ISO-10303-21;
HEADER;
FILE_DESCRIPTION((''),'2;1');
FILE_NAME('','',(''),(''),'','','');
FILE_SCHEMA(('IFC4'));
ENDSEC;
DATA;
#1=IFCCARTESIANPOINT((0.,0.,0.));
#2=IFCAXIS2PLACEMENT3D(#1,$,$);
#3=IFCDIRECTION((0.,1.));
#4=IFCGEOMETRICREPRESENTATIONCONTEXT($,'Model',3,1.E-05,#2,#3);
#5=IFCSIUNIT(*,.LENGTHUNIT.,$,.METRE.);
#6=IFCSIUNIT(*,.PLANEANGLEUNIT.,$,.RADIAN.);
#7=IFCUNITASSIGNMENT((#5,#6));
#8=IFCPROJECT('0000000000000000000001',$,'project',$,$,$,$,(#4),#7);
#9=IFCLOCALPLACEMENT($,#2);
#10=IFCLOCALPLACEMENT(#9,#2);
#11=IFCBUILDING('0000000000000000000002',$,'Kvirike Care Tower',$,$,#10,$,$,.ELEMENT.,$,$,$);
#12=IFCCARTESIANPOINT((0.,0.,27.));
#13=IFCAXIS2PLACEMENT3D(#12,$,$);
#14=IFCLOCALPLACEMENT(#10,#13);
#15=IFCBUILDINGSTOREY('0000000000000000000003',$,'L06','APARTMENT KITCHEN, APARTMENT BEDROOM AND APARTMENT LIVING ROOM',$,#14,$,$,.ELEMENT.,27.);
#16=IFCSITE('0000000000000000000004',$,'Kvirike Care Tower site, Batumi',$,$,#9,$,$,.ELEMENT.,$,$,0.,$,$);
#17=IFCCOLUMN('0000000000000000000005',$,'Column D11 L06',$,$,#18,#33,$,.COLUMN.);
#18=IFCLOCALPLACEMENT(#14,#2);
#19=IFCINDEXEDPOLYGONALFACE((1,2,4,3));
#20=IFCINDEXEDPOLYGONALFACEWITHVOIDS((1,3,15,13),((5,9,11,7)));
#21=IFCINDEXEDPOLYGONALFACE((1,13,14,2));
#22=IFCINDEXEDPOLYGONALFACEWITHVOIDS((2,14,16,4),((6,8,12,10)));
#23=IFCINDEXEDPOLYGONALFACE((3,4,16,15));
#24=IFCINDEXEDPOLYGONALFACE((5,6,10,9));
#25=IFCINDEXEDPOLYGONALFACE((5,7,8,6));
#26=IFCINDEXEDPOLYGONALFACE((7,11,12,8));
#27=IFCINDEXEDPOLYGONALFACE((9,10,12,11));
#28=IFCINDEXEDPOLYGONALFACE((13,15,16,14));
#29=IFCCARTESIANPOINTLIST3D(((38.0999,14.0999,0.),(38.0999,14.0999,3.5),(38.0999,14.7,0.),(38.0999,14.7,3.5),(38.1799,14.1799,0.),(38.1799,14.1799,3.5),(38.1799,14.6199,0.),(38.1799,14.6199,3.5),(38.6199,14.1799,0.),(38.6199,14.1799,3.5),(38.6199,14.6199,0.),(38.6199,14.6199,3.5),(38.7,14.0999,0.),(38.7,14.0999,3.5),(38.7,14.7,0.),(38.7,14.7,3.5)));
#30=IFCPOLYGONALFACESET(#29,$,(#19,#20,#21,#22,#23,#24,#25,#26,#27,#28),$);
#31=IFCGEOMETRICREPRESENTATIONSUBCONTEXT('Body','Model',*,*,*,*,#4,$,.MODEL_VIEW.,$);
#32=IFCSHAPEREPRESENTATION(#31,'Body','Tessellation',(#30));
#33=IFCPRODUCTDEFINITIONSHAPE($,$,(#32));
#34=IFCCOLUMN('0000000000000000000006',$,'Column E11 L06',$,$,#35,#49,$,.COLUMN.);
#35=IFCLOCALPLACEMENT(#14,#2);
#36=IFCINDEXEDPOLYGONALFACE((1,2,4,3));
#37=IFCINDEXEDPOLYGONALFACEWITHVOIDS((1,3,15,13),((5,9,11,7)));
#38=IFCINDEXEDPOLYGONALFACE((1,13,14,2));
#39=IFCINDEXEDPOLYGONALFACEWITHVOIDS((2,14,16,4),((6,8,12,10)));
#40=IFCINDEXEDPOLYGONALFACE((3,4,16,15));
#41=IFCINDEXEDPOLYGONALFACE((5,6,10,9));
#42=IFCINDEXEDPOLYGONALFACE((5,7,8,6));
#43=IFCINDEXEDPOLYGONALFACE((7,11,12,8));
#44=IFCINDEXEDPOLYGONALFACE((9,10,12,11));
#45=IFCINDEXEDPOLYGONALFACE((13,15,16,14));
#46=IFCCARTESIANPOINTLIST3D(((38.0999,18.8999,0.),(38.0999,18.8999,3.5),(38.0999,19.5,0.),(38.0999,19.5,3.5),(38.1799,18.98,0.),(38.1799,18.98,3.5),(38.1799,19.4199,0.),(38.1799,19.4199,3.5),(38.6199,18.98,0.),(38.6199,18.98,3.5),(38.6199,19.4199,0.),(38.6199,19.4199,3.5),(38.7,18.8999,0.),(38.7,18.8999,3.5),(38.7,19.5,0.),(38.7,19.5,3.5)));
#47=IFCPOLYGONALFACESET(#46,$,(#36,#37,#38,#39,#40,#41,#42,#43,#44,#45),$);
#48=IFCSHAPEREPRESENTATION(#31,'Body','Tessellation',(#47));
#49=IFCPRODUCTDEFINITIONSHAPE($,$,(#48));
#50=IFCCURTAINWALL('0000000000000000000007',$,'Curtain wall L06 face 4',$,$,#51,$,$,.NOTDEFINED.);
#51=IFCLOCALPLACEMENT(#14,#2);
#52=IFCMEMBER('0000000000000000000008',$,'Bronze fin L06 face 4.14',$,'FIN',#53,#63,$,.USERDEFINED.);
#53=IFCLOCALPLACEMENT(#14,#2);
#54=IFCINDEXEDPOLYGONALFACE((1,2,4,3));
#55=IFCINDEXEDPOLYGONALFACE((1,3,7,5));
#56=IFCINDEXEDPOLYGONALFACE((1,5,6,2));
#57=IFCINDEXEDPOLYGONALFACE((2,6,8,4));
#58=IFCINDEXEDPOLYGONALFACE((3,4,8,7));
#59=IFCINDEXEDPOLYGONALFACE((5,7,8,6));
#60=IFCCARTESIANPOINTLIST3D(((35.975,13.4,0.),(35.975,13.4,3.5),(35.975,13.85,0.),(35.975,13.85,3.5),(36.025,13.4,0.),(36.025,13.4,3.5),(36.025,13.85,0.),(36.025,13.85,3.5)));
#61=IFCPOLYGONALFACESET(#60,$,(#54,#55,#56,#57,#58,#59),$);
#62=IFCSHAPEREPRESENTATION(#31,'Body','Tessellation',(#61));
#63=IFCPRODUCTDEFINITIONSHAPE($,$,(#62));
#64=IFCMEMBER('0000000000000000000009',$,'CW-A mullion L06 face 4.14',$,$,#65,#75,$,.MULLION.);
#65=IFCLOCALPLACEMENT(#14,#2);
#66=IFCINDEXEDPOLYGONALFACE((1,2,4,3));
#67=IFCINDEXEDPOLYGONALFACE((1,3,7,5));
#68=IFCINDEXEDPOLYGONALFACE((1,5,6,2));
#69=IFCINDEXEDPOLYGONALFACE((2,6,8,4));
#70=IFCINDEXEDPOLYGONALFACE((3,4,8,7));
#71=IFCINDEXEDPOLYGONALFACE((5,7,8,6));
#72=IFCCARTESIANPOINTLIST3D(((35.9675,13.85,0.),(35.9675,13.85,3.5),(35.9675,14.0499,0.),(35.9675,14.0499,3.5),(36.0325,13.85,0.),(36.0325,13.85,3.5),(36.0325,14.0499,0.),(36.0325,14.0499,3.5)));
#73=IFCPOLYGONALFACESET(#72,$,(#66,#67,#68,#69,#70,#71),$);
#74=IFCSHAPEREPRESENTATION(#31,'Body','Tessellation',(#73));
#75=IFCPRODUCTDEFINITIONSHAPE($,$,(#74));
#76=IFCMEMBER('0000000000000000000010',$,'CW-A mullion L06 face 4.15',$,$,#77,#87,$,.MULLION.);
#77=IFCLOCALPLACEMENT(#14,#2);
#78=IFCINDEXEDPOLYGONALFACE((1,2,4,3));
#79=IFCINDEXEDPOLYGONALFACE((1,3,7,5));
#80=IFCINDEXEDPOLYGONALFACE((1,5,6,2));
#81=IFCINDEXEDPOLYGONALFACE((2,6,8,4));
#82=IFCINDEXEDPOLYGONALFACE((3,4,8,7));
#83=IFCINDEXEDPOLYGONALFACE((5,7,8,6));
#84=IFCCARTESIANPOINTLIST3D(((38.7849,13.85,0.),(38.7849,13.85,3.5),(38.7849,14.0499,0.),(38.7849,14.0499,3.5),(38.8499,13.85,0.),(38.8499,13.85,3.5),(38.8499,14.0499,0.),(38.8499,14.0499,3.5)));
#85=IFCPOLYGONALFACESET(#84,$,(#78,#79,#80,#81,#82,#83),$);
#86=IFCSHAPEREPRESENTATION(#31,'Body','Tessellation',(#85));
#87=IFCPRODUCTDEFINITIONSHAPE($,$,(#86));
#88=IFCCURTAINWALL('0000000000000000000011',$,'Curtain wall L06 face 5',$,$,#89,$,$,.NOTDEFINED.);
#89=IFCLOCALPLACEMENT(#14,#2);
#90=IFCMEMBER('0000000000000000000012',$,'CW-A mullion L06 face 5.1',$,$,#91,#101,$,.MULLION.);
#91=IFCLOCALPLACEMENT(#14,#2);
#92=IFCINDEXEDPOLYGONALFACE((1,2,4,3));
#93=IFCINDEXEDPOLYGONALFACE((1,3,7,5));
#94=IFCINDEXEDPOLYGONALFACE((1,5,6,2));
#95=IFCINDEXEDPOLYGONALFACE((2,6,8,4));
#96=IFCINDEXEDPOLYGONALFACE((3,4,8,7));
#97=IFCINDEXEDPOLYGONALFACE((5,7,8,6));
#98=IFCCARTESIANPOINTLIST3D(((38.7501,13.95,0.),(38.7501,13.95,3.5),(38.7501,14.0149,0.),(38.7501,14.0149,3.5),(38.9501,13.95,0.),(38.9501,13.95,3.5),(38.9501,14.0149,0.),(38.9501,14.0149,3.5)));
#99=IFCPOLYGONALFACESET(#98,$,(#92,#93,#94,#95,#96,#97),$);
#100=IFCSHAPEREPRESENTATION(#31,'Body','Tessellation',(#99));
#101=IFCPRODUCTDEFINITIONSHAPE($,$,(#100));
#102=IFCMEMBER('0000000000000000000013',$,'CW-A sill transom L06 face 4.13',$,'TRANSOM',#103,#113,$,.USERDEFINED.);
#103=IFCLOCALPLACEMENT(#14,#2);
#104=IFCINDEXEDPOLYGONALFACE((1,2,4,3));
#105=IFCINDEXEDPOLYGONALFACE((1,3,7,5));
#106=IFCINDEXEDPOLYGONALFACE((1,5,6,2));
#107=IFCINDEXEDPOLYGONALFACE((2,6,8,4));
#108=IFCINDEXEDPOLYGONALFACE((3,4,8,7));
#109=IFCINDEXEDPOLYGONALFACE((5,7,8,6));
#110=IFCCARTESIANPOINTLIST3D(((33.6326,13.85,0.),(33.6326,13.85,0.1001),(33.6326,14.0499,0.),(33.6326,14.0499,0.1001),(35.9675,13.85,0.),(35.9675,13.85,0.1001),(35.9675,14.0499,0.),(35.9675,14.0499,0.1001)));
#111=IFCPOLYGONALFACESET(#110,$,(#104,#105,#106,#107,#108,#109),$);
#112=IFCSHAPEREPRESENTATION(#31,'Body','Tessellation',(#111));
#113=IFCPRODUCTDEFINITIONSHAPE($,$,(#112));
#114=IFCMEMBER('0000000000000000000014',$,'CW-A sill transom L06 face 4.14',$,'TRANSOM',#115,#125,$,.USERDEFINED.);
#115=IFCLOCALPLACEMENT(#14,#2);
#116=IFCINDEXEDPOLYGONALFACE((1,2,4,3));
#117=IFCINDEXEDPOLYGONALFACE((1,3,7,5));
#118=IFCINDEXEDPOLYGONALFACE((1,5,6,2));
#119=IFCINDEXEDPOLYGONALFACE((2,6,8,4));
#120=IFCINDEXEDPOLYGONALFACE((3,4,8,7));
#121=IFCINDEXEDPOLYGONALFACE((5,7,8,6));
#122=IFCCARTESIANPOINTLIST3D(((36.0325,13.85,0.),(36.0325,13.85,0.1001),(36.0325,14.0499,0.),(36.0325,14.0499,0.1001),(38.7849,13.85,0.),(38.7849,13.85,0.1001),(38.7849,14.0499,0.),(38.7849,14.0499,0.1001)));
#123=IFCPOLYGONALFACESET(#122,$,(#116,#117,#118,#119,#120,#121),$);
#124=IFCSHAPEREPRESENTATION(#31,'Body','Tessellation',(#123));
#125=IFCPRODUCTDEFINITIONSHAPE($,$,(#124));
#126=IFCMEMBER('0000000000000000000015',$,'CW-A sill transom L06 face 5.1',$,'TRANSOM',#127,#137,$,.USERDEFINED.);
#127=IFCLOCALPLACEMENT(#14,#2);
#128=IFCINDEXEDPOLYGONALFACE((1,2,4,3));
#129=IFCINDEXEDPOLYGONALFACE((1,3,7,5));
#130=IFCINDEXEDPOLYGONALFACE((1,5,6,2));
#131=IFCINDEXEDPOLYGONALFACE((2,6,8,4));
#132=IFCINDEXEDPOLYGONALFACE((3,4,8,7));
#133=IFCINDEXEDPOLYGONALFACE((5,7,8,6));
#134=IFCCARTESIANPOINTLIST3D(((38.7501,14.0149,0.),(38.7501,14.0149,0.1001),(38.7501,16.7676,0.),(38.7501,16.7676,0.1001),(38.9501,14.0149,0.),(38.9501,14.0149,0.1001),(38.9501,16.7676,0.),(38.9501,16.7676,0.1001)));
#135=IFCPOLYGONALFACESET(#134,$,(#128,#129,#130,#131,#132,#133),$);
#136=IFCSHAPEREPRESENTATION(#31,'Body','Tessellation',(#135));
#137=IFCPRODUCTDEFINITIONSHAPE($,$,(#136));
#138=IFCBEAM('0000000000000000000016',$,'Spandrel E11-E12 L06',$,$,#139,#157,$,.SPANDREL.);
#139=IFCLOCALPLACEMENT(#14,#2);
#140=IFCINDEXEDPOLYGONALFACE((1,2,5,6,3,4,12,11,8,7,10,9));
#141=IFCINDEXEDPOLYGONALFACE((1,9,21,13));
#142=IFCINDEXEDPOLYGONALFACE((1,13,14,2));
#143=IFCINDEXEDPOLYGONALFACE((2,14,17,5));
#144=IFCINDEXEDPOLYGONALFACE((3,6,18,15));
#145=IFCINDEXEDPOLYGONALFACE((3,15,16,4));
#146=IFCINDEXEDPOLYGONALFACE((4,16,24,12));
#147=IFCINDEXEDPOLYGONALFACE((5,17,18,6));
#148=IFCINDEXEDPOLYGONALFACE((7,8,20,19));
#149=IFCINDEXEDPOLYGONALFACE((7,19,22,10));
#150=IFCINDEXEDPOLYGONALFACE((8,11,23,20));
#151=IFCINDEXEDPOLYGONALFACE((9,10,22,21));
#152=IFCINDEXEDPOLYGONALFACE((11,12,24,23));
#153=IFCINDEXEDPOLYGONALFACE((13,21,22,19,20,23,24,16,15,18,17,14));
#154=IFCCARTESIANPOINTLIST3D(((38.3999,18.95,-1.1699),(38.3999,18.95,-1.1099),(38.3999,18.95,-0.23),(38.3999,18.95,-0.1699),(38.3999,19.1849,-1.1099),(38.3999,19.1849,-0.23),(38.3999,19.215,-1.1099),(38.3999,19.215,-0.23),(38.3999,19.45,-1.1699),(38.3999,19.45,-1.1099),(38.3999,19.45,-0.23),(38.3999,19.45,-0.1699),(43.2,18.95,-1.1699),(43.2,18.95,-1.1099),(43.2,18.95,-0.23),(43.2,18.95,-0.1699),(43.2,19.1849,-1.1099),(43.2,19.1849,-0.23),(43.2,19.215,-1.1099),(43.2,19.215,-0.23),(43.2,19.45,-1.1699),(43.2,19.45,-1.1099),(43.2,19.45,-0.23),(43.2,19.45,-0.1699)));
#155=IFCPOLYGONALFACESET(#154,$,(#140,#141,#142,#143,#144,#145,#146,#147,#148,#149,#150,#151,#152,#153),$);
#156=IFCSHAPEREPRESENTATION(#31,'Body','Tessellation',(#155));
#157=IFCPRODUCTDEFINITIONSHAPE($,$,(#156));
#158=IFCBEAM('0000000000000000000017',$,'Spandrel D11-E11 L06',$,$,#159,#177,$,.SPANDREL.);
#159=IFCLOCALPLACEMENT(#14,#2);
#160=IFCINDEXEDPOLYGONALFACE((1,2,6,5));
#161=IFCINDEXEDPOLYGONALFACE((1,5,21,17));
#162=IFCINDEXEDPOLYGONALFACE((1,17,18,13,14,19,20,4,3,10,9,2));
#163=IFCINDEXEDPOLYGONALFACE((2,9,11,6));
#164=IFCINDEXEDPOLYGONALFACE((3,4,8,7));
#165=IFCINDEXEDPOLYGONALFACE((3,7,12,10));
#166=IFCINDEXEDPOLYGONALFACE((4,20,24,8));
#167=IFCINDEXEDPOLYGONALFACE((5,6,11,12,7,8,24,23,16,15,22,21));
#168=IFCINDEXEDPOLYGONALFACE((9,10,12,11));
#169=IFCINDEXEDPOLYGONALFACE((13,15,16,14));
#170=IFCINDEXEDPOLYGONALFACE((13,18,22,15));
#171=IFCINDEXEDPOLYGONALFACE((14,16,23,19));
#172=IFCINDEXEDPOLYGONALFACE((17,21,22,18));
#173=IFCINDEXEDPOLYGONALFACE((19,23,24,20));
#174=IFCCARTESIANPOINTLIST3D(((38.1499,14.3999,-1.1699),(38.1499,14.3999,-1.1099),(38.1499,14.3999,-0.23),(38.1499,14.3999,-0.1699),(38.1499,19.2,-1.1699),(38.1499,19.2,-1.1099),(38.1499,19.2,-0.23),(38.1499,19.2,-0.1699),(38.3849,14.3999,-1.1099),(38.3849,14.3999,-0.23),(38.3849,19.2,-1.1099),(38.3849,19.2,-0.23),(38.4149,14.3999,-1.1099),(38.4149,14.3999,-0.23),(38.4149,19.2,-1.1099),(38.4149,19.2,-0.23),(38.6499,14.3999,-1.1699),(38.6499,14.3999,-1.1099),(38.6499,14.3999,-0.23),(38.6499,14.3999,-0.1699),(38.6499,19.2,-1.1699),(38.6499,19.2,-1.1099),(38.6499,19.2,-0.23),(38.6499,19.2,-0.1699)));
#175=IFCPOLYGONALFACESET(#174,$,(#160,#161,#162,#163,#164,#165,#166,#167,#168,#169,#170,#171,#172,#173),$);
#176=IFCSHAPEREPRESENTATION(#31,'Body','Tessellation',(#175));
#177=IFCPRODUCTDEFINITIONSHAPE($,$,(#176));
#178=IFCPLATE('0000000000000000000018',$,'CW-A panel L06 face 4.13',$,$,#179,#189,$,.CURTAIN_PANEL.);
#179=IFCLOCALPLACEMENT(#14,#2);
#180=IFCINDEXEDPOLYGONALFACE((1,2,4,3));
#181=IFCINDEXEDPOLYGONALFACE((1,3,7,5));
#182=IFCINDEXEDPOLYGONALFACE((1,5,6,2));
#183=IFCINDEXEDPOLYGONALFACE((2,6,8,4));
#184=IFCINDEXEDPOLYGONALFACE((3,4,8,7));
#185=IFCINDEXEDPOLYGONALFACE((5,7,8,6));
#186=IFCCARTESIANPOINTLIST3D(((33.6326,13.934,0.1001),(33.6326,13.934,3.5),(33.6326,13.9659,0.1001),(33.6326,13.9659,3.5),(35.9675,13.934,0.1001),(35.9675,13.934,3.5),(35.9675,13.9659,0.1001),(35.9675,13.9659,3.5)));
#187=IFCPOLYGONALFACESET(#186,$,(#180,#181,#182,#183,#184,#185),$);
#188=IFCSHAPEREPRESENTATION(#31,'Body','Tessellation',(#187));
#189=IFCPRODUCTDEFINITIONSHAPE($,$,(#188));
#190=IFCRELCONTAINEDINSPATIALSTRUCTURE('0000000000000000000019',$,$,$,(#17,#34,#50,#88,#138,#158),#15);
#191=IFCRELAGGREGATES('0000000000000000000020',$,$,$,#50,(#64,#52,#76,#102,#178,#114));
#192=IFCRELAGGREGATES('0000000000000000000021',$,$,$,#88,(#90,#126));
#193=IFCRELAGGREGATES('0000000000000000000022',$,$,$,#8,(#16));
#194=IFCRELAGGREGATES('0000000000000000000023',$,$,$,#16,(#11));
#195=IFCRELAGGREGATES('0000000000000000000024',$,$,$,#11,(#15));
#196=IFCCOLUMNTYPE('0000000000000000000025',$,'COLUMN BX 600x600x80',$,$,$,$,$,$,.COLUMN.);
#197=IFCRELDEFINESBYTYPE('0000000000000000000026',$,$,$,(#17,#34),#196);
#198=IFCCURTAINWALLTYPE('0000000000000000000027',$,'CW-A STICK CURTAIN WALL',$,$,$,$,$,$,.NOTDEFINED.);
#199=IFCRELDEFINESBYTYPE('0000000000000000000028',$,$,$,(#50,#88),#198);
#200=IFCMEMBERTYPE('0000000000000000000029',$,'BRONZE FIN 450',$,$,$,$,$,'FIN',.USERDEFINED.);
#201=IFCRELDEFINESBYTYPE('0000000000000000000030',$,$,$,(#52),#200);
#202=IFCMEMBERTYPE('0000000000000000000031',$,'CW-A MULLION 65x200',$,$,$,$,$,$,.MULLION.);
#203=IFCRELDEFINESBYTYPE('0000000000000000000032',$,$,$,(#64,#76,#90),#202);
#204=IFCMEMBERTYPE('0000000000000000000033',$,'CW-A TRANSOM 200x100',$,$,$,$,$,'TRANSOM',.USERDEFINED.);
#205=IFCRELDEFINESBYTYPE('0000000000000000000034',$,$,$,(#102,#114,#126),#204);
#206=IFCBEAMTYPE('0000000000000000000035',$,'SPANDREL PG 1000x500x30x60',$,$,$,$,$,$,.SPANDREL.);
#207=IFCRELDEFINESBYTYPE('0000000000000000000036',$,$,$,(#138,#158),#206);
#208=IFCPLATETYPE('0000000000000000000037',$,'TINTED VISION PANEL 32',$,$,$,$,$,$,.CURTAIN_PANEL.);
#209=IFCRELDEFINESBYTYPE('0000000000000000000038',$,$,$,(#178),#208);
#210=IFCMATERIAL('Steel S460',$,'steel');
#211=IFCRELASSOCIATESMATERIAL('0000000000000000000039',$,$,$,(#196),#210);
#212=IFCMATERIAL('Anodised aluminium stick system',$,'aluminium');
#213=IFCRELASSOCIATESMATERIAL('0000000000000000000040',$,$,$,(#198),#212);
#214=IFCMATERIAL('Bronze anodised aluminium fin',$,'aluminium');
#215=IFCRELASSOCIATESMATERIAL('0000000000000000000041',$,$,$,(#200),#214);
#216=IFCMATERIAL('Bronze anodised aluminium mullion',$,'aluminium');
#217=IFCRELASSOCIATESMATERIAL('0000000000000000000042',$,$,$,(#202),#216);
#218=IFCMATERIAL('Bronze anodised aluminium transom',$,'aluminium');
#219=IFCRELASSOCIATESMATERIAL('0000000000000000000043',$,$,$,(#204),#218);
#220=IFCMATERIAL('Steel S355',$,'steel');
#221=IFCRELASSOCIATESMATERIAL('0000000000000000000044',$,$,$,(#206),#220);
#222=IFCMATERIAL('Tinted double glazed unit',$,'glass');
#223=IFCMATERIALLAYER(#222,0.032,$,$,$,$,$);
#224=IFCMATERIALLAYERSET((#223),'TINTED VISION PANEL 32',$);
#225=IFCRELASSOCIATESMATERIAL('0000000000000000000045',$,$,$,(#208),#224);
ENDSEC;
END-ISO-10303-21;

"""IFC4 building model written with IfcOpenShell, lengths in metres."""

from ifc_helpers import new_model, si_unit, direction, frame, origin, origin_2d, place, context, subcontext, project, spatial, rectangle, hollow_rectangle, i_section, extrude, material, layer, layer_set, material_profile, profile_set, type_object, element, aggregate, save


model = new_model("IFC4")

# Units and contexts
model_context = context("Model", 3, precision=1e-05, world=origin(), true_north=direction((0.0, 1.0)))
body_context = subcontext(model_context, "Body", "Model", "MODEL_VIEW")
ifc_project = project(units=[si_unit("LENGTHUNIT", "METRE"), si_unit("PLANEANGLEUNIT", "RADIAN")], contexts=[model_context])

# Site, building, storey
site_placement = place(None, origin())
site = spatial("IfcSite", under=ifc_project, at=site_placement, Name="Kvirike Care Tower site, Batumi", CompositionType="ELEMENT", RefElevation=0.0)
building_placement = place(site_placement, origin())
building = spatial("IfcBuilding", under=site, at=building_placement, Name="Kvirike Care Tower", CompositionType="ELEMENT")
storey_placement = place(building_placement, frame((0.0, 0.0, 27.0)))
storey = spatial("IfcBuildingStorey", under=building, at=storey_placement, Name="L06", Description="APARTMENT KITCHEN, APARTMENT BEDROOM AND APARTMENT LIVING ROOM", CompositionType="ELEMENT", Elevation=27.0)

# Columns
ifc_material_1 = material(Name="Steel S460", Category="steel")
ifc_material_profile_1 = material_profile(ifc_material_1, hollow_rectangle(XDim=0.6001, YDim=0.6001, WallThickness=0.0801, at=origin_2d()), Name="BX 600x600x80")
ifc_profile_set_1 = profile_set([ifc_material_profile_1], Name="Steel S460")
column_type = type_object("IfcColumnType", Name="COLUMN BX 600x600x80", PredefinedType="COLUMN", material=ifc_profile_set_1)
for number, where, z_axis, x_axis, name in (
    (1, (38.3999, 14.3999, 0.0), (0.0, 0.0, 1.0), (0.0, 1.0, 0.0), "Column D11 L06"),
    (2, (38.3999, 19.2, 0.0), (0.0, 0.0, 1.0), (0.0, 1.0, 0.0), "Column E11 L06"),
):
    element("IfcColumn", number, at=place(storey_placement, frame(where, z_axis=z_axis, x_axis=x_axis)), inside=storey, type_object=column_type, Name=name, PredefinedType="COLUMN", context=body_context, shape_type="SweptSolid", body=[
        extrude(hollow_rectangle(XDim=0.6001, YDim=0.6001, WallThickness=0.0801, at=origin_2d()), origin(), (0.0, 0.0, 1.0), 3.5),
    ])

# Curtain wall, members
ifc_material_2 = material(Name="Anodised aluminium stick system", Category="aluminium")
curtain_wall_type = type_object("IfcCurtainWallType", Name="CW-A STICK CURTAIN WALL", PredefinedType="NOTDEFINED", material=ifc_material_2)
curtain_wall_1_placement = place(storey_placement, origin())
curtain_wall_1 = element("IfcCurtainWall", 3, at=curtain_wall_1_placement, inside=storey, type_object=curtain_wall_type, Name="Curtain wall L06 face 4", PredefinedType="NOTDEFINED")
ifc_material_3 = material(Name="Bronze anodised aluminium fin", Category="aluminium")
ifc_material_profile_2 = material_profile(ifc_material_3, rectangle(XDim=0.05, YDim=0.45, at=origin_2d()), Name="BRONZE FIN 450")
ifc_profile_set_2 = profile_set([ifc_material_profile_2], Name="Bronze anodised aluminium fin")
member_type_1 = type_object("IfcMemberType", Name="BRONZE FIN 450", ElementType="FIN", PredefinedType="USERDEFINED", material=ifc_profile_set_2)
member_1_placement = place(storey_placement, frame((36.0, 13.625, 0.0), z_axis=(0.0, 0.0, 1.0), x_axis=(1.0, 0.0, 0.0)))
member_1 = element("IfcMember", 4, at=member_1_placement, type_object=member_type_1, Name="Bronze fin L06 face 4.14", ObjectType="FIN", PredefinedType="USERDEFINED", context=body_context, shape_type="SweptSolid", body=[
    extrude(rectangle(XDim=0.05, YDim=0.45, at=origin_2d()), origin(), (0.0, 0.0, 1.0), 3.5),
])
ifc_material_4 = material(Name="Bronze anodised aluminium mullion", Category="aluminium")
ifc_material_profile_3 = material_profile(ifc_material_4, rectangle(XDim=0.0649, YDim=0.2, at=origin_2d()), Name="CW-A MULLION 65x200")
ifc_profile_set_3 = profile_set([ifc_material_profile_3], Name="Bronze anodised aluminium mullion")
member_type_2 = type_object("IfcMemberType", Name="CW-A MULLION 65x200", PredefinedType="MULLION", material=ifc_profile_set_3)
member_2_placement = place(storey_placement, frame((36.0, 13.95, 0.0), z_axis=(0.0, 0.0, 1.0), x_axis=(1.0, 0.0, 0.0)))
member_2 = element("IfcMember", 5, at=member_2_placement, type_object=member_type_2, Name="CW-A mullion L06 face 4.14", PredefinedType="MULLION", context=body_context, shape_type="SweptSolid", body=[
    extrude(rectangle(XDim=0.0649, YDim=0.2, at=origin_2d()), origin(), (0.0, 0.0, 1.0), 3.5),
])
member_3_placement = place(storey_placement, frame((38.8174, 13.95, 0.0), z_axis=(0.0, 0.0, 1.0), x_axis=(1.0, 0.0, 0.0)))
member_3 = element("IfcMember", 6, at=member_3_placement, type_object=member_type_2, Name="CW-A mullion L06 face 4.15", PredefinedType="MULLION", context=body_context, shape_type="SweptSolid", body=[
    extrude(rectangle(XDim=0.0649, YDim=0.2, at=origin_2d()), origin(), (0.0, 0.0, 1.0), 3.5),
])

# Curtain wall, member
curtain_wall_2_placement = place(storey_placement, origin())
curtain_wall_2 = element("IfcCurtainWall", 7, at=curtain_wall_2_placement, inside=storey, type_object=curtain_wall_type, Name="Curtain wall L06 face 5", PredefinedType="NOTDEFINED")
member_4_placement = place(storey_placement, frame((38.8501, 13.9824, 0.0), z_axis=(0.0, 0.0, 1.0), x_axis=(0.0, 1.0, 0.0)))
member_4 = element("IfcMember", 8, at=member_4_placement, type_object=member_type_2, Name="CW-A mullion L06 face 5.1", PredefinedType="MULLION", context=body_context, shape_type="SweptSolid", body=[
    extrude(rectangle(XDim=0.0649, YDim=0.2, at=origin_2d()), origin(), (0.0, 0.0, 1.0), 3.5),
])

# Members
ifc_material_5 = material(Name="Bronze anodised aluminium transom", Category="aluminium")
ifc_material_profile_4 = material_profile(ifc_material_5, rectangle(XDim=0.2, YDim=0.1001, at=origin_2d()), Name="CW-A TRANSOM 200x100")
ifc_profile_set_4 = profile_set([ifc_material_profile_4], Name="Bronze anodised aluminium transom")
member_type_3 = type_object("IfcMemberType", Name="CW-A TRANSOM 200x100", ElementType="TRANSOM", PredefinedType="USERDEFINED", material=ifc_profile_set_4)
member_5_placement = place(storey_placement, frame((33.6326, 13.95, 0.05), z_axis=(1.0, 0.0, 0.0), x_axis=(0.0, 1.0, 0.0)))
member_5 = element("IfcMember", 9, at=member_5_placement, type_object=member_type_3, Name="CW-A sill transom L06 face 4.13", ObjectType="TRANSOM", PredefinedType="USERDEFINED", context=body_context, shape_type="SweptSolid", body=[
    extrude(rectangle(XDim=0.2, YDim=0.1001, at=origin_2d()), origin(), (0.0, 0.0, 1.0), 2.335),
])
member_6_placement = place(storey_placement, frame((36.0325, 13.95, 0.05), z_axis=(1.0, 0.0, 0.0), x_axis=(0.0, 1.0, 0.0)))
member_6 = element("IfcMember", 10, at=member_6_placement, type_object=member_type_3, Name="CW-A sill transom L06 face 4.14", ObjectType="TRANSOM", PredefinedType="USERDEFINED", context=body_context, shape_type="SweptSolid", body=[
    extrude(rectangle(XDim=0.2, YDim=0.1001, at=origin_2d()), origin(), (0.0, 0.0, 1.0), 2.7524),
])
member_7_placement = place(storey_placement, frame((38.8501, 14.0149, 0.05), z_axis=(0.0, 1.0, 0.0), x_axis=(-1.0, 0.0, 0.0)))
member_7 = element("IfcMember", 11, at=member_7_placement, type_object=member_type_3, Name="CW-A sill transom L06 face 5.1", ObjectType="TRANSOM", PredefinedType="USERDEFINED", context=body_context, shape_type="SweptSolid", body=[
    extrude(rectangle(XDim=0.2, YDim=0.1001, at=origin_2d()), origin(), (0.0, 0.0, 1.0), 2.7527),
])

# Beams
ifc_material_6 = material(Name="Steel S355", Category="steel")
ifc_material_profile_5 = material_profile(ifc_material_6, i_section(OverallWidth=0.5, OverallDepth=1.0, WebThickness=0.03, FlangeThickness=0.0601, at=origin_2d()), Name="PG 1000x500x30x60")
ifc_profile_set_5 = profile_set([ifc_material_profile_5], Name="Steel S355")
beam_type = type_object("IfcBeamType", Name="SPANDREL PG 1000x500x30x60", PredefinedType="SPANDREL", material=ifc_profile_set_5)
for number, where, z_axis, x_axis, name in (
    (12, (38.3999, 19.2, -0.6699), (1.0, 0.0, 0.0), (0.0, 1.0, 0.0), "Spandrel E11-E12 L06"),
    (13, (38.3999, 14.3999, -0.6699), (0.0, 1.0, 0.0), (-1.0, 0.0, 0.0), "Spandrel D11-E11 L06"),
):
    element("IfcBeam", number, at=place(storey_placement, frame(where, z_axis=z_axis, x_axis=x_axis)), inside=storey, type_object=beam_type, Name=name, PredefinedType="SPANDREL", context=body_context, shape_type="SweptSolid", body=[
        extrude(i_section(OverallWidth=0.5, OverallDepth=1.0, WebThickness=0.03, FlangeThickness=0.0601, at=origin_2d()), origin(), (0.0, 0.0, 1.0), 4.8),
    ])

# Plate
ifc_material_7 = material(Name="Tinted double glazed unit", Category="glass")
ifc_layer_1 = layer(ifc_material_7, 0.032)
ifc_layer_set_1 = layer_set([ifc_layer_1], Name="TINTED VISION PANEL 32")
plate_type = type_object("IfcPlateType", Name="TINTED VISION PANEL 32", PredefinedType="CURTAIN_PANEL", material=ifc_layer_set_1)
plate_1_placement = place(storey_placement, frame((34.8, 13.95, 0.1001), z_axis=(0.0, 0.0, 1.0), x_axis=(1.0, 0.0, 0.0)))
plate_1 = element("IfcPlate", 14, at=plate_1_placement, type_object=plate_type, Name="CW-A panel L06 face 4.13", PredefinedType="CURTAIN_PANEL", context=body_context, shape_type="SweptSolid", body=[
    extrude(rectangle(XDim=2.335, YDim=0.032, at=origin_2d()), origin(), (0.0, 0.0, 1.0), 3.3999),
])
aggregate(curtain_wall_1, [member_2, member_1, member_3, member_5, plate_1, member_6])
aggregate(curtain_wall_2, [member_4, member_7])

save(model, "model.ifc")
